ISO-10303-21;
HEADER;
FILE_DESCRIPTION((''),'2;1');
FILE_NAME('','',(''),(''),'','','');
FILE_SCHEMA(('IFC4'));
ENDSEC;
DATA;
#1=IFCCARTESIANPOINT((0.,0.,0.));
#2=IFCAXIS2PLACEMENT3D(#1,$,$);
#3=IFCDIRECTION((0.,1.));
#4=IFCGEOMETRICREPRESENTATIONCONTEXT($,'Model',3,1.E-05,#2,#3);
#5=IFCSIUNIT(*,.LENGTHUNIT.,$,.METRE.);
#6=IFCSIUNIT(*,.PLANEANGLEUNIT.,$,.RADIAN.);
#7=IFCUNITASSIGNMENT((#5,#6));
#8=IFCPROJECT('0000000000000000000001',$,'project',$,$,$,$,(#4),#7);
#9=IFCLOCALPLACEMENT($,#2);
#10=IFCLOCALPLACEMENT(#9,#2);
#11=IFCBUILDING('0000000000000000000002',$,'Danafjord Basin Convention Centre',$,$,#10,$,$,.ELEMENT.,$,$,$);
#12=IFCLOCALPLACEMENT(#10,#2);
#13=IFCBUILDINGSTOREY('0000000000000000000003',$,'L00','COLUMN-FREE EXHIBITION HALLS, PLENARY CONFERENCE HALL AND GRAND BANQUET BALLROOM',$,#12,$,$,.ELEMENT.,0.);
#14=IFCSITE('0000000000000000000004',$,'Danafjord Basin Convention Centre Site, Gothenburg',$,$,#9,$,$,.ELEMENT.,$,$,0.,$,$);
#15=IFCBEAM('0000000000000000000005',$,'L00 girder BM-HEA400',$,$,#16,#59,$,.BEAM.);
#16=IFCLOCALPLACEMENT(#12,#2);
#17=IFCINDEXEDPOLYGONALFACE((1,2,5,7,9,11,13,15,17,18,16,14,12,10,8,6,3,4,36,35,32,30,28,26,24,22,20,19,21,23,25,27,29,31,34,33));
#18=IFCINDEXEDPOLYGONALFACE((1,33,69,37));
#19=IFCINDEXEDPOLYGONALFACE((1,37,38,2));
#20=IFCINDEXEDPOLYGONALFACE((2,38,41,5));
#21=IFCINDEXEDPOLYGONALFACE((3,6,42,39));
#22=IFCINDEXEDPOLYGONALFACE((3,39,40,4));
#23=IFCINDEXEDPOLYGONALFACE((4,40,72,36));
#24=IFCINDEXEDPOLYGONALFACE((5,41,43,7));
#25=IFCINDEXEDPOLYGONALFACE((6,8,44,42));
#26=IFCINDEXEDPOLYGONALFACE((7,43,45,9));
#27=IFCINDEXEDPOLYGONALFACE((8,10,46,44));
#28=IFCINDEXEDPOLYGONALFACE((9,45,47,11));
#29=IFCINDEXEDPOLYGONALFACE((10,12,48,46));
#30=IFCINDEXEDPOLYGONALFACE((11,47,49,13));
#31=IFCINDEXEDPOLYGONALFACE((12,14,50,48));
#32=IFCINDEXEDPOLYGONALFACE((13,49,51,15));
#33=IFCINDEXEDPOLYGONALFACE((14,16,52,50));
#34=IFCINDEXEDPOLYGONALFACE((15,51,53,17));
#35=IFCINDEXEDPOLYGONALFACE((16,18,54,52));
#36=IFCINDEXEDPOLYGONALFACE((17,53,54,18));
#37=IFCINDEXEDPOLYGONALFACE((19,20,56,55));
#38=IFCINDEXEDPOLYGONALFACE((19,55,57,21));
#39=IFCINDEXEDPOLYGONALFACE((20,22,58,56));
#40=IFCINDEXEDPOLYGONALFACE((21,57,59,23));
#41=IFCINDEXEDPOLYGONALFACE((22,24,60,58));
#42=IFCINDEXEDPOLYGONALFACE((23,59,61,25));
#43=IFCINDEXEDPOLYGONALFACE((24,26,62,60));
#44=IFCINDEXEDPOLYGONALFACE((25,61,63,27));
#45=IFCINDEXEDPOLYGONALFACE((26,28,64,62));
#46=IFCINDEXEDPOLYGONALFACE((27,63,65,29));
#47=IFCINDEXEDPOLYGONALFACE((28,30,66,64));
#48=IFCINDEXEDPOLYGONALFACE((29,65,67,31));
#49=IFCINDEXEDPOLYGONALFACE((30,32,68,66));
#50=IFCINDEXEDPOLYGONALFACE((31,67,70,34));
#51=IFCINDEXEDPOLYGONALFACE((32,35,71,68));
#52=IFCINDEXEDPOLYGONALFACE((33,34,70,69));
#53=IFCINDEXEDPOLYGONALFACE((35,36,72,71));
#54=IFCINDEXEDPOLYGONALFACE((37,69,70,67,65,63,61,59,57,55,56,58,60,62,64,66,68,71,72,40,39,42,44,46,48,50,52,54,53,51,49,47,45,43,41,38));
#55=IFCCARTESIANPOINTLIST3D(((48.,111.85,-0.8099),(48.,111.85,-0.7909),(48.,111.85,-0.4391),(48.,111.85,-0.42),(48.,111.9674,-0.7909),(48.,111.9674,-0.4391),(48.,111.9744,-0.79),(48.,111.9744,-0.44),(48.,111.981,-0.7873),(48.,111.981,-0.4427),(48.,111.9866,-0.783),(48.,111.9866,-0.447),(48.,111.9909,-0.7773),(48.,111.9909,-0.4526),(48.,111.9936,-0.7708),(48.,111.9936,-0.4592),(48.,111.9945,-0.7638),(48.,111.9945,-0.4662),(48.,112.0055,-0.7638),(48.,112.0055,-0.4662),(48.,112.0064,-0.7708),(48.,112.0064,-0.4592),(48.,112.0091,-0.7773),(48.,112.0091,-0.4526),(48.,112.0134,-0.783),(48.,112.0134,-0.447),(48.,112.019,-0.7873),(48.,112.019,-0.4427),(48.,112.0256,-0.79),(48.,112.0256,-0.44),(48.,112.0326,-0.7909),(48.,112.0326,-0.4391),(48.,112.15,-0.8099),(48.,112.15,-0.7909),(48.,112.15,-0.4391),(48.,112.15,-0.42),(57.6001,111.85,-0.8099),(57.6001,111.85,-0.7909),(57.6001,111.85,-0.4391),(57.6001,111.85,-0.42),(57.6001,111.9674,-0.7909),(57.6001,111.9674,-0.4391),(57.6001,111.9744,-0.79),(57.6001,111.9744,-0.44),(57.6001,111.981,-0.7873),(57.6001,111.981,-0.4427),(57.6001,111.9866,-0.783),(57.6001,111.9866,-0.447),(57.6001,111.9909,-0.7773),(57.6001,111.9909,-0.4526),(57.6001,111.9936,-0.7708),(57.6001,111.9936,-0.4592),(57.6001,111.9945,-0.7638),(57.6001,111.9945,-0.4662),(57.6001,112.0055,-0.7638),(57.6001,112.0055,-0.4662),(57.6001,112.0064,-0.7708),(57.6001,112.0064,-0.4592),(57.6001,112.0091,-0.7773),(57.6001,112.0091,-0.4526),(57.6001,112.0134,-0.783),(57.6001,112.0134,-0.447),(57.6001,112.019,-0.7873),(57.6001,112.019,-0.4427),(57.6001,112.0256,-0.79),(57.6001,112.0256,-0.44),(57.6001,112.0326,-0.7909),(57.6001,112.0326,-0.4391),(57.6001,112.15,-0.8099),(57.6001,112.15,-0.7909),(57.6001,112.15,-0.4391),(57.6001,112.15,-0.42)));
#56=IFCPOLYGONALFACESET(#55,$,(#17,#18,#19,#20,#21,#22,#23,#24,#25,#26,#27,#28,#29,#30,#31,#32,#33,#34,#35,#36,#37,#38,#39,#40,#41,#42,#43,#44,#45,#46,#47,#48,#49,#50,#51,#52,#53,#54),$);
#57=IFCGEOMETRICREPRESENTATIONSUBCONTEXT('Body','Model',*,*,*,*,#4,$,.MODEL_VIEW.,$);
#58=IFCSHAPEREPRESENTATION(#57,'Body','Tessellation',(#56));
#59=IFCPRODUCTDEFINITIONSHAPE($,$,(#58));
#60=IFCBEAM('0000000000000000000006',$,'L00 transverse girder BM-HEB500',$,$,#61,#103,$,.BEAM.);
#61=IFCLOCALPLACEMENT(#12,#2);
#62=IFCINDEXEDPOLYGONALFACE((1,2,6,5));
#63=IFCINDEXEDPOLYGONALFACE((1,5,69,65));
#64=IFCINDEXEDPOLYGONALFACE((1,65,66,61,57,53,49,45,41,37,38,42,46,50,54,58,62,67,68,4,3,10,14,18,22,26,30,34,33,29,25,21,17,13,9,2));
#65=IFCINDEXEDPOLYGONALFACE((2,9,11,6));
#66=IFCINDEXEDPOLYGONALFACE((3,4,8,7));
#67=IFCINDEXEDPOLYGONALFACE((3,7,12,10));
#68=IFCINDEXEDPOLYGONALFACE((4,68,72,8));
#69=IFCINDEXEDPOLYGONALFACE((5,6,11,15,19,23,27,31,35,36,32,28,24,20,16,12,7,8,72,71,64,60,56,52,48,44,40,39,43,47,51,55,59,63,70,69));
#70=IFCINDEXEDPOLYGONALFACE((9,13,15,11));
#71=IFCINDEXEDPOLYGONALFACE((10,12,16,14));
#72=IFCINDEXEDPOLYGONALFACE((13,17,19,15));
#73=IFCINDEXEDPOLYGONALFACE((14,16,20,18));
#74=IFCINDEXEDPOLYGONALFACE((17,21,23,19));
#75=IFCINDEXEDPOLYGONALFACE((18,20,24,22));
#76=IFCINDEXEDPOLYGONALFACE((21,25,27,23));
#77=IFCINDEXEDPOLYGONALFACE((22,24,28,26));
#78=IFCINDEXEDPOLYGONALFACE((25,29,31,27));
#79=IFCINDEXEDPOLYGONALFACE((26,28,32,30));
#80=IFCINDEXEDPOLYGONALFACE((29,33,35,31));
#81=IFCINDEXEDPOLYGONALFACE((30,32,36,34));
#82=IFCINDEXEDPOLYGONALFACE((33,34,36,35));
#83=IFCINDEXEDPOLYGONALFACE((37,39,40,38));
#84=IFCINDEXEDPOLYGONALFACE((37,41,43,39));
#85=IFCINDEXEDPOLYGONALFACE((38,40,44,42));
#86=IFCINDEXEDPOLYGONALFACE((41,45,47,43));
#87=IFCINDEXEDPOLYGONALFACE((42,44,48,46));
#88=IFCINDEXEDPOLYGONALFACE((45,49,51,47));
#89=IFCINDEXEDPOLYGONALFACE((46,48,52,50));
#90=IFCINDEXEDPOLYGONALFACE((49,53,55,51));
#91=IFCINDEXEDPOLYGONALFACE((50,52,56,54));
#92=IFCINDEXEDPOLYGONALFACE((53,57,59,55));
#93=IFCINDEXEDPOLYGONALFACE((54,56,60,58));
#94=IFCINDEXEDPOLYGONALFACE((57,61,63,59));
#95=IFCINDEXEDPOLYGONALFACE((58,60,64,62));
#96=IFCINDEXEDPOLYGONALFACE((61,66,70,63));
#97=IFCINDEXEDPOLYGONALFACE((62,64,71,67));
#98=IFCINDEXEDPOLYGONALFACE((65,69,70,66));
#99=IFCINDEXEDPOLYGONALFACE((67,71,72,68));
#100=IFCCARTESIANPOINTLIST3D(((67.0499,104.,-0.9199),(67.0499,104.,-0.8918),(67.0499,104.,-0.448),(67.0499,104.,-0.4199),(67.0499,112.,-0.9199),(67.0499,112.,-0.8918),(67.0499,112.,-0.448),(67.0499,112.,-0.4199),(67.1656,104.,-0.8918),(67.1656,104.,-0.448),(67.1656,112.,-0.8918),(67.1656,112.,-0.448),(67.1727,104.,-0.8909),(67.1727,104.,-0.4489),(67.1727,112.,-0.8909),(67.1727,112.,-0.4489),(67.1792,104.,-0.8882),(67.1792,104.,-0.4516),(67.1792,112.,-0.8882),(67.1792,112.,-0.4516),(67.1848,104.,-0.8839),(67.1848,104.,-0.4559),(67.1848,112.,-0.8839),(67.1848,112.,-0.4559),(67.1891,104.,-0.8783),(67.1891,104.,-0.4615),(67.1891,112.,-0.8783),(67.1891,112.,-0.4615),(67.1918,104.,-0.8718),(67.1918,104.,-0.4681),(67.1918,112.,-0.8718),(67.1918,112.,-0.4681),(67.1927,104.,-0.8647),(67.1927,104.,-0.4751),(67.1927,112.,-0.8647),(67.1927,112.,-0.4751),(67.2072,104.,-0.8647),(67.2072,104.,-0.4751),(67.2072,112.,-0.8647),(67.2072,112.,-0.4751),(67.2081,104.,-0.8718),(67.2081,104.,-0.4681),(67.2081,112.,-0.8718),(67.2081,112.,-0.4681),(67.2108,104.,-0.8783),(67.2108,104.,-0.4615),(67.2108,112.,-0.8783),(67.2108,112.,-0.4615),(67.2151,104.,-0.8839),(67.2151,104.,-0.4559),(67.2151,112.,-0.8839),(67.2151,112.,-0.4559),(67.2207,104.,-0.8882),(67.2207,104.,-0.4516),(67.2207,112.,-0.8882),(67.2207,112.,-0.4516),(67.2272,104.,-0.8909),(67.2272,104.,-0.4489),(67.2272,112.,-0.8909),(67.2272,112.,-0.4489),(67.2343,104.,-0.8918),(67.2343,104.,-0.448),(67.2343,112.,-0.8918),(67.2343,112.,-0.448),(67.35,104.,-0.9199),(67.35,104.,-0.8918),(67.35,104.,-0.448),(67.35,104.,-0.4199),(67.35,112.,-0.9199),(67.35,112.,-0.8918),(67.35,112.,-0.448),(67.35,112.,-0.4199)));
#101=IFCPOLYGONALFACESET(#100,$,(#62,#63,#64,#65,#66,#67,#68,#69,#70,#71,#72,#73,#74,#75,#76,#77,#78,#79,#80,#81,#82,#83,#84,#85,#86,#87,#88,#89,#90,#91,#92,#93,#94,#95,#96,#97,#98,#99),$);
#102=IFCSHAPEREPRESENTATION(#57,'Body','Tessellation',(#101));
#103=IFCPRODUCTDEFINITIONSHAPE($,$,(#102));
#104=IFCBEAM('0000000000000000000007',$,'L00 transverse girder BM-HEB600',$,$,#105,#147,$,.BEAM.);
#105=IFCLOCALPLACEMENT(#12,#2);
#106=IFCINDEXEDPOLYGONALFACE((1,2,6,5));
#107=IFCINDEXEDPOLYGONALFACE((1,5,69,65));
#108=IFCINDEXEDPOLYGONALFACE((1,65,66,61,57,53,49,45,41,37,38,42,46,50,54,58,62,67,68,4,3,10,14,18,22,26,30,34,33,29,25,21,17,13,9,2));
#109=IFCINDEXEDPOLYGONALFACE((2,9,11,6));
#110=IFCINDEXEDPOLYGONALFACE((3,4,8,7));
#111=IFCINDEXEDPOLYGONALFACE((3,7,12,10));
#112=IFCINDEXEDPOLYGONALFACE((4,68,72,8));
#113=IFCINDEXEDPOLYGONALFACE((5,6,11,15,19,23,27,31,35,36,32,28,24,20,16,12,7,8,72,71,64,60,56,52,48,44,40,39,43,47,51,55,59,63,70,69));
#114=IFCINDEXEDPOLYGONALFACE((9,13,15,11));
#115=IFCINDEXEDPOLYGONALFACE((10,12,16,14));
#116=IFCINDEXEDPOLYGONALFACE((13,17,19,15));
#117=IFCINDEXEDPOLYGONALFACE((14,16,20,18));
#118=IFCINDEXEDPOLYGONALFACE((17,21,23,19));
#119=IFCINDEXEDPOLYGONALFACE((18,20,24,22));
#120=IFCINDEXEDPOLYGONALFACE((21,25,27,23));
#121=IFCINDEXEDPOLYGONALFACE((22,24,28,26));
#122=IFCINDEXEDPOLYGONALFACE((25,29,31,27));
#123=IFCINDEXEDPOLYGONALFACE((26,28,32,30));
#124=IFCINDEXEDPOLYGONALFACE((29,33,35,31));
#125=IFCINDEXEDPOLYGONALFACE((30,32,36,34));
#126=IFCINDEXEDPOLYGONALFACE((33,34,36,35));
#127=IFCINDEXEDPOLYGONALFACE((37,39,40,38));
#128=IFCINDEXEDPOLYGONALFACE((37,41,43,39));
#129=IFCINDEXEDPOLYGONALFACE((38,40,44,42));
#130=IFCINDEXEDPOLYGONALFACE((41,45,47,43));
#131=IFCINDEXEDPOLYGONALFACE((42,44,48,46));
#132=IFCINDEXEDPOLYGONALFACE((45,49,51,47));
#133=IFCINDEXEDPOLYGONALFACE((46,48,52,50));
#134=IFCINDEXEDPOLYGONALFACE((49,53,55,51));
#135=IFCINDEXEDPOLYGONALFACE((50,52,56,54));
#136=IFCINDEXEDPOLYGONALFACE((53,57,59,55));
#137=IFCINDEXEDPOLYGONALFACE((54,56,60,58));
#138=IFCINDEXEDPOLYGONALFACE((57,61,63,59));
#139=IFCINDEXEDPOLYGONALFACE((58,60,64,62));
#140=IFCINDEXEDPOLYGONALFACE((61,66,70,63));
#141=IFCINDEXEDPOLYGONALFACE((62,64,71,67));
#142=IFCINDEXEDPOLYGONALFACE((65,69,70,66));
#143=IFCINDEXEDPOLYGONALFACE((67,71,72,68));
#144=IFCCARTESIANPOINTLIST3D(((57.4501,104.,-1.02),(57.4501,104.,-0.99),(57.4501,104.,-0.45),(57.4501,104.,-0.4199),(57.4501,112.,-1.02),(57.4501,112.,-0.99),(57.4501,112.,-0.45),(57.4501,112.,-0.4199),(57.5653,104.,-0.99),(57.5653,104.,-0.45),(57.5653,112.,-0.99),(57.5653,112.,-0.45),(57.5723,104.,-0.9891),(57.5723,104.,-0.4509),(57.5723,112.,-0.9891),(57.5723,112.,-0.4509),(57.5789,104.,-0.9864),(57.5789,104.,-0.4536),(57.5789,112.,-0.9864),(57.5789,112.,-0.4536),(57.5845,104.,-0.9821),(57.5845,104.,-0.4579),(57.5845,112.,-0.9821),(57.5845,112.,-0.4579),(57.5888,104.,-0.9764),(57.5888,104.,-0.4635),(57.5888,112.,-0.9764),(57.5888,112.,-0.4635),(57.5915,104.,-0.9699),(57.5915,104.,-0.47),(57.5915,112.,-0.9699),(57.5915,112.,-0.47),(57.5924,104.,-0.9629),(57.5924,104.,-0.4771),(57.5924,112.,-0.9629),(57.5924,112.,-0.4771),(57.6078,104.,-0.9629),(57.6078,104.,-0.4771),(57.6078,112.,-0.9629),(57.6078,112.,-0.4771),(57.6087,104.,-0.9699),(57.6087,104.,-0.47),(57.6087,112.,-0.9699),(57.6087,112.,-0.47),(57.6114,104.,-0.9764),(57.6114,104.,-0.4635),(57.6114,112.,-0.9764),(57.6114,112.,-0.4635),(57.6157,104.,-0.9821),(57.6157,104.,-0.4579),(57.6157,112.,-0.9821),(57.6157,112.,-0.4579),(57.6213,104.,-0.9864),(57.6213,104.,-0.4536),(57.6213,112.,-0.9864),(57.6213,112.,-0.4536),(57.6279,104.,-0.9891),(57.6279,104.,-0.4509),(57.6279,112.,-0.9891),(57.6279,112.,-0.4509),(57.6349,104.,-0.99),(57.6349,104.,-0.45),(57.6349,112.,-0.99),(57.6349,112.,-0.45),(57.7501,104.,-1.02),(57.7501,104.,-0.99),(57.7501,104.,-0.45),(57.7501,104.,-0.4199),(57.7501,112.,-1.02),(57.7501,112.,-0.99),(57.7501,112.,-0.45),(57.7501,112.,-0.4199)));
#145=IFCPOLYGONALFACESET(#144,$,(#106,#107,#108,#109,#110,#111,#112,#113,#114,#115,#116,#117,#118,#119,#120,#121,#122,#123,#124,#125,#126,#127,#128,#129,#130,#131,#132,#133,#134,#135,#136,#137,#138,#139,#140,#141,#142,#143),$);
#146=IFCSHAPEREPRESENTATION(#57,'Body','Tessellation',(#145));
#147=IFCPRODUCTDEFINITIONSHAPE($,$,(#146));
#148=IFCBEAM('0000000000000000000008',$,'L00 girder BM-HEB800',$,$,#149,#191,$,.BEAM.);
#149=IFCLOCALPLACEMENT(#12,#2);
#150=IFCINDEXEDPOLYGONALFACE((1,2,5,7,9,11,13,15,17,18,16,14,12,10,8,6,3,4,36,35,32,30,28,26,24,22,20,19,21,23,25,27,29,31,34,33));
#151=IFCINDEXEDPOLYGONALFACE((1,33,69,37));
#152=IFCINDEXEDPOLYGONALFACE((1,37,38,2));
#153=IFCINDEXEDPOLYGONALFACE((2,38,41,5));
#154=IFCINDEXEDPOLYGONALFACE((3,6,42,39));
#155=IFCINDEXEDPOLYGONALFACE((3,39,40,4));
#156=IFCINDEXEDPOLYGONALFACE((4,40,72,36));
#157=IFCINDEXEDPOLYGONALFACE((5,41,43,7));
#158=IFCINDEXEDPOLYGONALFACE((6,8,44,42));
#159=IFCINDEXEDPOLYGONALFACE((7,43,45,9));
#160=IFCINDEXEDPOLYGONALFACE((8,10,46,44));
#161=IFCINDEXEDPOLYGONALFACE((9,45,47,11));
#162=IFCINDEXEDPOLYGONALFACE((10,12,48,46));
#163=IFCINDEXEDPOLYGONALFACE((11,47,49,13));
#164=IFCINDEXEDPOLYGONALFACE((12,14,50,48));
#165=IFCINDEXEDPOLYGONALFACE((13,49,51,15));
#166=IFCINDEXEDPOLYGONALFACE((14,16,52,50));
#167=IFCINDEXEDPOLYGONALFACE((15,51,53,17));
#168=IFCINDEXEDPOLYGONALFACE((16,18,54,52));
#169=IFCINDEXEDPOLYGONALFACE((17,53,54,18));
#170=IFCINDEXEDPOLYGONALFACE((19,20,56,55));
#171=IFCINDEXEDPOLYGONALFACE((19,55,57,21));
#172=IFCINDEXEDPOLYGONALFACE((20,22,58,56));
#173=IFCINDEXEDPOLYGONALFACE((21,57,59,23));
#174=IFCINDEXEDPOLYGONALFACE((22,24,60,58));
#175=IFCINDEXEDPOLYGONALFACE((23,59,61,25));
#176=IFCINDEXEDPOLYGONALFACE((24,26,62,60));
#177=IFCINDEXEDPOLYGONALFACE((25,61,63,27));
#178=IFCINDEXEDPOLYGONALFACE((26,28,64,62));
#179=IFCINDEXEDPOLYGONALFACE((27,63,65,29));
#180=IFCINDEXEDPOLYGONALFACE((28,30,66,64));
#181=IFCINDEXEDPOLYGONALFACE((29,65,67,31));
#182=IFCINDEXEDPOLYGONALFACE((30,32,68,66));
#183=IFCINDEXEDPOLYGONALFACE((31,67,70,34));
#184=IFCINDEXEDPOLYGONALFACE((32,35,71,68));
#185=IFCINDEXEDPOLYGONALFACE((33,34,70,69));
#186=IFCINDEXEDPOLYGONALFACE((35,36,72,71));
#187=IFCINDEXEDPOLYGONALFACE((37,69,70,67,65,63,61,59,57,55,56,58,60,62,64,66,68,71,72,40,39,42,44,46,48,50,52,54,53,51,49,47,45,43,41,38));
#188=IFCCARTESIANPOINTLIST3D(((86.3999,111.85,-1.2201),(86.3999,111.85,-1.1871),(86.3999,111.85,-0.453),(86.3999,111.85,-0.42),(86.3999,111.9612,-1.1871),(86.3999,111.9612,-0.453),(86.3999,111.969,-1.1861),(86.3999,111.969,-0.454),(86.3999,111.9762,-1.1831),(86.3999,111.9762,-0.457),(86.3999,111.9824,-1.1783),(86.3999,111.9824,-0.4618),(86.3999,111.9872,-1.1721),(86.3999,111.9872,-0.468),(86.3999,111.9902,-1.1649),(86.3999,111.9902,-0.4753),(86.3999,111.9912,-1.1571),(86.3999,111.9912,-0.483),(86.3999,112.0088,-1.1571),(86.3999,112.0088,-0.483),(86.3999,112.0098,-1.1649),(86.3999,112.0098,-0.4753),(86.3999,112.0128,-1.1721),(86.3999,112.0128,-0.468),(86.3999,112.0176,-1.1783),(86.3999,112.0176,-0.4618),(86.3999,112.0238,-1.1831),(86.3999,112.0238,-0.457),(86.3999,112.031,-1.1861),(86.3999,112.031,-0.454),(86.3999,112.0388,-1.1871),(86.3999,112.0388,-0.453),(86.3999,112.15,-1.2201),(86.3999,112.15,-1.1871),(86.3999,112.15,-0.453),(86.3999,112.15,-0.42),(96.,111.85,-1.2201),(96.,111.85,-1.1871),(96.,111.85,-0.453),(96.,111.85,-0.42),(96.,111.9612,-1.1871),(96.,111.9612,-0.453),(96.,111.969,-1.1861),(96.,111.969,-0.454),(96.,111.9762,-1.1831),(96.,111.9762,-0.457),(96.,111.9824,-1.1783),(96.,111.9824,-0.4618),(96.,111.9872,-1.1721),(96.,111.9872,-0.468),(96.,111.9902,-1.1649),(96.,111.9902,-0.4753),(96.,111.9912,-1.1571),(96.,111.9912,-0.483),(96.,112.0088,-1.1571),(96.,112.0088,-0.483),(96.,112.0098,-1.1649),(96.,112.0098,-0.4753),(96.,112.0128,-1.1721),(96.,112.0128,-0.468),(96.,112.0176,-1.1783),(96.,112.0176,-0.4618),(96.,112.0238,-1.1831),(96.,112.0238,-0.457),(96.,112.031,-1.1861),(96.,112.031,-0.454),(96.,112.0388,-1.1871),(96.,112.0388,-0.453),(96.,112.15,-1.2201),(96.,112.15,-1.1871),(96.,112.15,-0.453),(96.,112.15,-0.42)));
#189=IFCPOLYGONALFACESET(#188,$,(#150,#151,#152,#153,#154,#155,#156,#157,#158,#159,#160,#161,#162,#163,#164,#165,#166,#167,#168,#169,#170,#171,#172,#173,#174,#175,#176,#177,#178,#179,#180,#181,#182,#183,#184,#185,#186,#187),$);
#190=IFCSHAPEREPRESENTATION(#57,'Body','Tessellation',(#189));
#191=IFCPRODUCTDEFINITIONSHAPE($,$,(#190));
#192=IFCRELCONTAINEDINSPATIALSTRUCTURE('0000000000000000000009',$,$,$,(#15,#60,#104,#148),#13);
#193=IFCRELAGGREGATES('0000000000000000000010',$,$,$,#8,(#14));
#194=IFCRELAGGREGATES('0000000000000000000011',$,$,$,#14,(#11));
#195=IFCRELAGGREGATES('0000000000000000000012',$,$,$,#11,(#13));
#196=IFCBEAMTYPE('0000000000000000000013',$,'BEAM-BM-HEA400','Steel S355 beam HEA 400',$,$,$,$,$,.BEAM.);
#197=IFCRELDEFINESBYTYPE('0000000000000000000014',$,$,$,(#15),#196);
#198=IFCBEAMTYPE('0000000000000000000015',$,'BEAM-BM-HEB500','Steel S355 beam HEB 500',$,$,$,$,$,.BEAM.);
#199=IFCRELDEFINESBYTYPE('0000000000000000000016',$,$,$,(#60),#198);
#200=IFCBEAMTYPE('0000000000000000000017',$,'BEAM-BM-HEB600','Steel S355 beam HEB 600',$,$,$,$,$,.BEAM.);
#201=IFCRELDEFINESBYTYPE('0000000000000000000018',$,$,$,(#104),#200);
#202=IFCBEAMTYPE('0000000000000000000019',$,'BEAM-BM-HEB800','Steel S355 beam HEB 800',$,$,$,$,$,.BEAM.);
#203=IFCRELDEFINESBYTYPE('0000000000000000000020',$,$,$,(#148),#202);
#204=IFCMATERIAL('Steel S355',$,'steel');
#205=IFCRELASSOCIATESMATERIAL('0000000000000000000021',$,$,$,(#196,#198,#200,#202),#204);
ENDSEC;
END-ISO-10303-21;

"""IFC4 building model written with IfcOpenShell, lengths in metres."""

from ifc_helpers import new_model, si_unit, direction, frame, origin, origin_2d, place, context, subcontext, project, spatial, i_section, extrude, material, material_profile, profile_set, type_object, element, save


model = new_model("IFC4")

# Units and contexts
model_context = context("Model", 3, precision=1e-05, world=origin(), true_north=direction((0.0, 1.0)))
body_context = subcontext(model_context, "Body", "Model", "MODEL_VIEW")
ifc_project = project(units=[si_unit("LENGTHUNIT", "METRE"), si_unit("PLANEANGLEUNIT", "RADIAN")], contexts=[model_context])

# Site, building, storey
site_placement = place(None, origin())
site = spatial("IfcSite", under=ifc_project, at=site_placement, Name="Danafjord Basin Convention Centre Site, Gothenburg", CompositionType="ELEMENT", RefElevation=0.0)
building_placement = place(site_placement, origin())
building = spatial("IfcBuilding", under=site, at=building_placement, Name="Danafjord Basin Convention Centre", CompositionType="ELEMENT")
storey_placement = place(building_placement, origin())
storey = spatial("IfcBuildingStorey", under=building, at=storey_placement, Name="L00", Description="COLUMN-FREE EXHIBITION HALLS, PLENARY CONFERENCE HALL AND GRAND BANQUET BALLROOM", CompositionType="ELEMENT", Elevation=0.0)

# Beams
ifc_material_1 = material(Name="Steel S355", Category="steel")
ifc_material_profile_1 = material_profile(ifc_material_1, i_section(OverallWidth=0.3, OverallDepth=0.3899, WebThickness=0.011, FlangeThickness=0.019, FilletRadius=0.0271, at=origin_2d()), Name="HEA 400")
ifc_profile_set_1 = profile_set([ifc_material_profile_1], Name="Steel S355")
beam_type_1 = type_object("IfcBeamType", Name="BEAM-BM-HEA400", Description="Steel S355 beam HEA 400", PredefinedType="BEAM", material=ifc_profile_set_1)
beam_1_placement = place(storey_placement, frame((48.0, 112.0, -0.615), z_axis=(1.0, 0.0, 0.0), x_axis=(0.0, 1.0, 0.0)))
element("IfcBeam", 1, at=beam_1_placement, inside=storey, type_object=beam_type_1, Name="L00 girder BM-HEA400", PredefinedType="BEAM", context=body_context, shape_type="SweptSolid", body=[
    extrude(i_section(OverallWidth=0.3, OverallDepth=0.3899, WebThickness=0.011, FlangeThickness=0.019, FilletRadius=0.0271, at=origin_2d()), origin(), (0.0, 0.0, 1.0), 9.6001),
])
ifc_material_profile_2 = material_profile(ifc_material_1, i_section(OverallWidth=0.3, OverallDepth=0.5, WebThickness=0.0144, FlangeThickness=0.0281, FilletRadius=0.0271, at=origin_2d()), Name="HEB 500")
ifc_profile_set_2 = profile_set([ifc_material_profile_2], Name="Steel S355")
beam_type_2 = type_object("IfcBeamType", Name="BEAM-BM-HEB500", Description="Steel S355 beam HEB 500", PredefinedType="BEAM", material=ifc_profile_set_2)
beam_2_placement = place(storey_placement, frame((67.2, 104.0, -0.6699), z_axis=(0.0, 1.0, 0.0), x_axis=(-1.0, 0.0, 0.0)))
element("IfcBeam", 2, at=beam_2_placement, inside=storey, type_object=beam_type_2, Name="L00 transverse girder BM-HEB500", PredefinedType="BEAM", context=body_context, shape_type="SweptSolid", body=[
    extrude(i_section(OverallWidth=0.3, OverallDepth=0.5, WebThickness=0.0144, FlangeThickness=0.0281, FilletRadius=0.0271, at=origin_2d()), origin(), (0.0, 0.0, 1.0), 8.0),
])
ifc_material_profile_3 = material_profile(ifc_material_1, i_section(OverallWidth=0.3, OverallDepth=0.6001, WebThickness=0.0154, FlangeThickness=0.03, FilletRadius=0.0271, at=origin_2d()), Name="HEB 600")
ifc_profile_set_3 = profile_set([ifc_material_profile_3], Name="Steel S355")
beam_type_3 = type_object("IfcBeamType", Name="BEAM-BM-HEB600", Description="Steel S355 beam HEB 600", PredefinedType="BEAM", material=ifc_profile_set_3)
beam_3_placement = place(storey_placement, frame((57.6001, 104.0, -0.72), z_axis=(0.0, 1.0, 0.0), x_axis=(-1.0, 0.0, 0.0)))
element("IfcBeam", 3, at=beam_3_placement, inside=storey, type_object=beam_type_3, Name="L00 transverse girder BM-HEB600", PredefinedType="BEAM", context=body_context, shape_type="SweptSolid", body=[
    extrude(i_section(OverallWidth=0.3, OverallDepth=0.6001, WebThickness=0.0154, FlangeThickness=0.03, FilletRadius=0.0271, at=origin_2d()), origin(), (0.0, 0.0, 1.0), 8.0),
])
ifc_material_profile_4 = material_profile(ifc_material_1, i_section(OverallWidth=0.3, OverallDepth=0.8, WebThickness=0.0176, FlangeThickness=0.033, FilletRadius=0.03, at=origin_2d()), Name="HEB 800")
ifc_profile_set_4 = profile_set([ifc_material_profile_4], Name="Steel S355")
beam_type_4 = type_object("IfcBeamType", Name="BEAM-BM-HEB800", Description="Steel S355 beam HEB 800", PredefinedType="BEAM", material=ifc_profile_set_4)
beam_4_placement = place(storey_placement, frame((86.3999, 112.0, -0.8201), z_axis=(1.0, 0.0, 0.0), x_axis=(0.0, 1.0, 0.0)))
element("IfcBeam", 4, at=beam_4_placement, inside=storey, type_object=beam_type_4, Name="L00 girder BM-HEB800", PredefinedType="BEAM", context=body_context, shape_type="SweptSolid", body=[
    extrude(i_section(OverallWidth=0.3, OverallDepth=0.8, WebThickness=0.0176, FlangeThickness=0.033, FilletRadius=0.03, at=origin_2d()), origin(), (0.0, 0.0, 1.0), 9.6001),
])

save(model, "model.ifc")
